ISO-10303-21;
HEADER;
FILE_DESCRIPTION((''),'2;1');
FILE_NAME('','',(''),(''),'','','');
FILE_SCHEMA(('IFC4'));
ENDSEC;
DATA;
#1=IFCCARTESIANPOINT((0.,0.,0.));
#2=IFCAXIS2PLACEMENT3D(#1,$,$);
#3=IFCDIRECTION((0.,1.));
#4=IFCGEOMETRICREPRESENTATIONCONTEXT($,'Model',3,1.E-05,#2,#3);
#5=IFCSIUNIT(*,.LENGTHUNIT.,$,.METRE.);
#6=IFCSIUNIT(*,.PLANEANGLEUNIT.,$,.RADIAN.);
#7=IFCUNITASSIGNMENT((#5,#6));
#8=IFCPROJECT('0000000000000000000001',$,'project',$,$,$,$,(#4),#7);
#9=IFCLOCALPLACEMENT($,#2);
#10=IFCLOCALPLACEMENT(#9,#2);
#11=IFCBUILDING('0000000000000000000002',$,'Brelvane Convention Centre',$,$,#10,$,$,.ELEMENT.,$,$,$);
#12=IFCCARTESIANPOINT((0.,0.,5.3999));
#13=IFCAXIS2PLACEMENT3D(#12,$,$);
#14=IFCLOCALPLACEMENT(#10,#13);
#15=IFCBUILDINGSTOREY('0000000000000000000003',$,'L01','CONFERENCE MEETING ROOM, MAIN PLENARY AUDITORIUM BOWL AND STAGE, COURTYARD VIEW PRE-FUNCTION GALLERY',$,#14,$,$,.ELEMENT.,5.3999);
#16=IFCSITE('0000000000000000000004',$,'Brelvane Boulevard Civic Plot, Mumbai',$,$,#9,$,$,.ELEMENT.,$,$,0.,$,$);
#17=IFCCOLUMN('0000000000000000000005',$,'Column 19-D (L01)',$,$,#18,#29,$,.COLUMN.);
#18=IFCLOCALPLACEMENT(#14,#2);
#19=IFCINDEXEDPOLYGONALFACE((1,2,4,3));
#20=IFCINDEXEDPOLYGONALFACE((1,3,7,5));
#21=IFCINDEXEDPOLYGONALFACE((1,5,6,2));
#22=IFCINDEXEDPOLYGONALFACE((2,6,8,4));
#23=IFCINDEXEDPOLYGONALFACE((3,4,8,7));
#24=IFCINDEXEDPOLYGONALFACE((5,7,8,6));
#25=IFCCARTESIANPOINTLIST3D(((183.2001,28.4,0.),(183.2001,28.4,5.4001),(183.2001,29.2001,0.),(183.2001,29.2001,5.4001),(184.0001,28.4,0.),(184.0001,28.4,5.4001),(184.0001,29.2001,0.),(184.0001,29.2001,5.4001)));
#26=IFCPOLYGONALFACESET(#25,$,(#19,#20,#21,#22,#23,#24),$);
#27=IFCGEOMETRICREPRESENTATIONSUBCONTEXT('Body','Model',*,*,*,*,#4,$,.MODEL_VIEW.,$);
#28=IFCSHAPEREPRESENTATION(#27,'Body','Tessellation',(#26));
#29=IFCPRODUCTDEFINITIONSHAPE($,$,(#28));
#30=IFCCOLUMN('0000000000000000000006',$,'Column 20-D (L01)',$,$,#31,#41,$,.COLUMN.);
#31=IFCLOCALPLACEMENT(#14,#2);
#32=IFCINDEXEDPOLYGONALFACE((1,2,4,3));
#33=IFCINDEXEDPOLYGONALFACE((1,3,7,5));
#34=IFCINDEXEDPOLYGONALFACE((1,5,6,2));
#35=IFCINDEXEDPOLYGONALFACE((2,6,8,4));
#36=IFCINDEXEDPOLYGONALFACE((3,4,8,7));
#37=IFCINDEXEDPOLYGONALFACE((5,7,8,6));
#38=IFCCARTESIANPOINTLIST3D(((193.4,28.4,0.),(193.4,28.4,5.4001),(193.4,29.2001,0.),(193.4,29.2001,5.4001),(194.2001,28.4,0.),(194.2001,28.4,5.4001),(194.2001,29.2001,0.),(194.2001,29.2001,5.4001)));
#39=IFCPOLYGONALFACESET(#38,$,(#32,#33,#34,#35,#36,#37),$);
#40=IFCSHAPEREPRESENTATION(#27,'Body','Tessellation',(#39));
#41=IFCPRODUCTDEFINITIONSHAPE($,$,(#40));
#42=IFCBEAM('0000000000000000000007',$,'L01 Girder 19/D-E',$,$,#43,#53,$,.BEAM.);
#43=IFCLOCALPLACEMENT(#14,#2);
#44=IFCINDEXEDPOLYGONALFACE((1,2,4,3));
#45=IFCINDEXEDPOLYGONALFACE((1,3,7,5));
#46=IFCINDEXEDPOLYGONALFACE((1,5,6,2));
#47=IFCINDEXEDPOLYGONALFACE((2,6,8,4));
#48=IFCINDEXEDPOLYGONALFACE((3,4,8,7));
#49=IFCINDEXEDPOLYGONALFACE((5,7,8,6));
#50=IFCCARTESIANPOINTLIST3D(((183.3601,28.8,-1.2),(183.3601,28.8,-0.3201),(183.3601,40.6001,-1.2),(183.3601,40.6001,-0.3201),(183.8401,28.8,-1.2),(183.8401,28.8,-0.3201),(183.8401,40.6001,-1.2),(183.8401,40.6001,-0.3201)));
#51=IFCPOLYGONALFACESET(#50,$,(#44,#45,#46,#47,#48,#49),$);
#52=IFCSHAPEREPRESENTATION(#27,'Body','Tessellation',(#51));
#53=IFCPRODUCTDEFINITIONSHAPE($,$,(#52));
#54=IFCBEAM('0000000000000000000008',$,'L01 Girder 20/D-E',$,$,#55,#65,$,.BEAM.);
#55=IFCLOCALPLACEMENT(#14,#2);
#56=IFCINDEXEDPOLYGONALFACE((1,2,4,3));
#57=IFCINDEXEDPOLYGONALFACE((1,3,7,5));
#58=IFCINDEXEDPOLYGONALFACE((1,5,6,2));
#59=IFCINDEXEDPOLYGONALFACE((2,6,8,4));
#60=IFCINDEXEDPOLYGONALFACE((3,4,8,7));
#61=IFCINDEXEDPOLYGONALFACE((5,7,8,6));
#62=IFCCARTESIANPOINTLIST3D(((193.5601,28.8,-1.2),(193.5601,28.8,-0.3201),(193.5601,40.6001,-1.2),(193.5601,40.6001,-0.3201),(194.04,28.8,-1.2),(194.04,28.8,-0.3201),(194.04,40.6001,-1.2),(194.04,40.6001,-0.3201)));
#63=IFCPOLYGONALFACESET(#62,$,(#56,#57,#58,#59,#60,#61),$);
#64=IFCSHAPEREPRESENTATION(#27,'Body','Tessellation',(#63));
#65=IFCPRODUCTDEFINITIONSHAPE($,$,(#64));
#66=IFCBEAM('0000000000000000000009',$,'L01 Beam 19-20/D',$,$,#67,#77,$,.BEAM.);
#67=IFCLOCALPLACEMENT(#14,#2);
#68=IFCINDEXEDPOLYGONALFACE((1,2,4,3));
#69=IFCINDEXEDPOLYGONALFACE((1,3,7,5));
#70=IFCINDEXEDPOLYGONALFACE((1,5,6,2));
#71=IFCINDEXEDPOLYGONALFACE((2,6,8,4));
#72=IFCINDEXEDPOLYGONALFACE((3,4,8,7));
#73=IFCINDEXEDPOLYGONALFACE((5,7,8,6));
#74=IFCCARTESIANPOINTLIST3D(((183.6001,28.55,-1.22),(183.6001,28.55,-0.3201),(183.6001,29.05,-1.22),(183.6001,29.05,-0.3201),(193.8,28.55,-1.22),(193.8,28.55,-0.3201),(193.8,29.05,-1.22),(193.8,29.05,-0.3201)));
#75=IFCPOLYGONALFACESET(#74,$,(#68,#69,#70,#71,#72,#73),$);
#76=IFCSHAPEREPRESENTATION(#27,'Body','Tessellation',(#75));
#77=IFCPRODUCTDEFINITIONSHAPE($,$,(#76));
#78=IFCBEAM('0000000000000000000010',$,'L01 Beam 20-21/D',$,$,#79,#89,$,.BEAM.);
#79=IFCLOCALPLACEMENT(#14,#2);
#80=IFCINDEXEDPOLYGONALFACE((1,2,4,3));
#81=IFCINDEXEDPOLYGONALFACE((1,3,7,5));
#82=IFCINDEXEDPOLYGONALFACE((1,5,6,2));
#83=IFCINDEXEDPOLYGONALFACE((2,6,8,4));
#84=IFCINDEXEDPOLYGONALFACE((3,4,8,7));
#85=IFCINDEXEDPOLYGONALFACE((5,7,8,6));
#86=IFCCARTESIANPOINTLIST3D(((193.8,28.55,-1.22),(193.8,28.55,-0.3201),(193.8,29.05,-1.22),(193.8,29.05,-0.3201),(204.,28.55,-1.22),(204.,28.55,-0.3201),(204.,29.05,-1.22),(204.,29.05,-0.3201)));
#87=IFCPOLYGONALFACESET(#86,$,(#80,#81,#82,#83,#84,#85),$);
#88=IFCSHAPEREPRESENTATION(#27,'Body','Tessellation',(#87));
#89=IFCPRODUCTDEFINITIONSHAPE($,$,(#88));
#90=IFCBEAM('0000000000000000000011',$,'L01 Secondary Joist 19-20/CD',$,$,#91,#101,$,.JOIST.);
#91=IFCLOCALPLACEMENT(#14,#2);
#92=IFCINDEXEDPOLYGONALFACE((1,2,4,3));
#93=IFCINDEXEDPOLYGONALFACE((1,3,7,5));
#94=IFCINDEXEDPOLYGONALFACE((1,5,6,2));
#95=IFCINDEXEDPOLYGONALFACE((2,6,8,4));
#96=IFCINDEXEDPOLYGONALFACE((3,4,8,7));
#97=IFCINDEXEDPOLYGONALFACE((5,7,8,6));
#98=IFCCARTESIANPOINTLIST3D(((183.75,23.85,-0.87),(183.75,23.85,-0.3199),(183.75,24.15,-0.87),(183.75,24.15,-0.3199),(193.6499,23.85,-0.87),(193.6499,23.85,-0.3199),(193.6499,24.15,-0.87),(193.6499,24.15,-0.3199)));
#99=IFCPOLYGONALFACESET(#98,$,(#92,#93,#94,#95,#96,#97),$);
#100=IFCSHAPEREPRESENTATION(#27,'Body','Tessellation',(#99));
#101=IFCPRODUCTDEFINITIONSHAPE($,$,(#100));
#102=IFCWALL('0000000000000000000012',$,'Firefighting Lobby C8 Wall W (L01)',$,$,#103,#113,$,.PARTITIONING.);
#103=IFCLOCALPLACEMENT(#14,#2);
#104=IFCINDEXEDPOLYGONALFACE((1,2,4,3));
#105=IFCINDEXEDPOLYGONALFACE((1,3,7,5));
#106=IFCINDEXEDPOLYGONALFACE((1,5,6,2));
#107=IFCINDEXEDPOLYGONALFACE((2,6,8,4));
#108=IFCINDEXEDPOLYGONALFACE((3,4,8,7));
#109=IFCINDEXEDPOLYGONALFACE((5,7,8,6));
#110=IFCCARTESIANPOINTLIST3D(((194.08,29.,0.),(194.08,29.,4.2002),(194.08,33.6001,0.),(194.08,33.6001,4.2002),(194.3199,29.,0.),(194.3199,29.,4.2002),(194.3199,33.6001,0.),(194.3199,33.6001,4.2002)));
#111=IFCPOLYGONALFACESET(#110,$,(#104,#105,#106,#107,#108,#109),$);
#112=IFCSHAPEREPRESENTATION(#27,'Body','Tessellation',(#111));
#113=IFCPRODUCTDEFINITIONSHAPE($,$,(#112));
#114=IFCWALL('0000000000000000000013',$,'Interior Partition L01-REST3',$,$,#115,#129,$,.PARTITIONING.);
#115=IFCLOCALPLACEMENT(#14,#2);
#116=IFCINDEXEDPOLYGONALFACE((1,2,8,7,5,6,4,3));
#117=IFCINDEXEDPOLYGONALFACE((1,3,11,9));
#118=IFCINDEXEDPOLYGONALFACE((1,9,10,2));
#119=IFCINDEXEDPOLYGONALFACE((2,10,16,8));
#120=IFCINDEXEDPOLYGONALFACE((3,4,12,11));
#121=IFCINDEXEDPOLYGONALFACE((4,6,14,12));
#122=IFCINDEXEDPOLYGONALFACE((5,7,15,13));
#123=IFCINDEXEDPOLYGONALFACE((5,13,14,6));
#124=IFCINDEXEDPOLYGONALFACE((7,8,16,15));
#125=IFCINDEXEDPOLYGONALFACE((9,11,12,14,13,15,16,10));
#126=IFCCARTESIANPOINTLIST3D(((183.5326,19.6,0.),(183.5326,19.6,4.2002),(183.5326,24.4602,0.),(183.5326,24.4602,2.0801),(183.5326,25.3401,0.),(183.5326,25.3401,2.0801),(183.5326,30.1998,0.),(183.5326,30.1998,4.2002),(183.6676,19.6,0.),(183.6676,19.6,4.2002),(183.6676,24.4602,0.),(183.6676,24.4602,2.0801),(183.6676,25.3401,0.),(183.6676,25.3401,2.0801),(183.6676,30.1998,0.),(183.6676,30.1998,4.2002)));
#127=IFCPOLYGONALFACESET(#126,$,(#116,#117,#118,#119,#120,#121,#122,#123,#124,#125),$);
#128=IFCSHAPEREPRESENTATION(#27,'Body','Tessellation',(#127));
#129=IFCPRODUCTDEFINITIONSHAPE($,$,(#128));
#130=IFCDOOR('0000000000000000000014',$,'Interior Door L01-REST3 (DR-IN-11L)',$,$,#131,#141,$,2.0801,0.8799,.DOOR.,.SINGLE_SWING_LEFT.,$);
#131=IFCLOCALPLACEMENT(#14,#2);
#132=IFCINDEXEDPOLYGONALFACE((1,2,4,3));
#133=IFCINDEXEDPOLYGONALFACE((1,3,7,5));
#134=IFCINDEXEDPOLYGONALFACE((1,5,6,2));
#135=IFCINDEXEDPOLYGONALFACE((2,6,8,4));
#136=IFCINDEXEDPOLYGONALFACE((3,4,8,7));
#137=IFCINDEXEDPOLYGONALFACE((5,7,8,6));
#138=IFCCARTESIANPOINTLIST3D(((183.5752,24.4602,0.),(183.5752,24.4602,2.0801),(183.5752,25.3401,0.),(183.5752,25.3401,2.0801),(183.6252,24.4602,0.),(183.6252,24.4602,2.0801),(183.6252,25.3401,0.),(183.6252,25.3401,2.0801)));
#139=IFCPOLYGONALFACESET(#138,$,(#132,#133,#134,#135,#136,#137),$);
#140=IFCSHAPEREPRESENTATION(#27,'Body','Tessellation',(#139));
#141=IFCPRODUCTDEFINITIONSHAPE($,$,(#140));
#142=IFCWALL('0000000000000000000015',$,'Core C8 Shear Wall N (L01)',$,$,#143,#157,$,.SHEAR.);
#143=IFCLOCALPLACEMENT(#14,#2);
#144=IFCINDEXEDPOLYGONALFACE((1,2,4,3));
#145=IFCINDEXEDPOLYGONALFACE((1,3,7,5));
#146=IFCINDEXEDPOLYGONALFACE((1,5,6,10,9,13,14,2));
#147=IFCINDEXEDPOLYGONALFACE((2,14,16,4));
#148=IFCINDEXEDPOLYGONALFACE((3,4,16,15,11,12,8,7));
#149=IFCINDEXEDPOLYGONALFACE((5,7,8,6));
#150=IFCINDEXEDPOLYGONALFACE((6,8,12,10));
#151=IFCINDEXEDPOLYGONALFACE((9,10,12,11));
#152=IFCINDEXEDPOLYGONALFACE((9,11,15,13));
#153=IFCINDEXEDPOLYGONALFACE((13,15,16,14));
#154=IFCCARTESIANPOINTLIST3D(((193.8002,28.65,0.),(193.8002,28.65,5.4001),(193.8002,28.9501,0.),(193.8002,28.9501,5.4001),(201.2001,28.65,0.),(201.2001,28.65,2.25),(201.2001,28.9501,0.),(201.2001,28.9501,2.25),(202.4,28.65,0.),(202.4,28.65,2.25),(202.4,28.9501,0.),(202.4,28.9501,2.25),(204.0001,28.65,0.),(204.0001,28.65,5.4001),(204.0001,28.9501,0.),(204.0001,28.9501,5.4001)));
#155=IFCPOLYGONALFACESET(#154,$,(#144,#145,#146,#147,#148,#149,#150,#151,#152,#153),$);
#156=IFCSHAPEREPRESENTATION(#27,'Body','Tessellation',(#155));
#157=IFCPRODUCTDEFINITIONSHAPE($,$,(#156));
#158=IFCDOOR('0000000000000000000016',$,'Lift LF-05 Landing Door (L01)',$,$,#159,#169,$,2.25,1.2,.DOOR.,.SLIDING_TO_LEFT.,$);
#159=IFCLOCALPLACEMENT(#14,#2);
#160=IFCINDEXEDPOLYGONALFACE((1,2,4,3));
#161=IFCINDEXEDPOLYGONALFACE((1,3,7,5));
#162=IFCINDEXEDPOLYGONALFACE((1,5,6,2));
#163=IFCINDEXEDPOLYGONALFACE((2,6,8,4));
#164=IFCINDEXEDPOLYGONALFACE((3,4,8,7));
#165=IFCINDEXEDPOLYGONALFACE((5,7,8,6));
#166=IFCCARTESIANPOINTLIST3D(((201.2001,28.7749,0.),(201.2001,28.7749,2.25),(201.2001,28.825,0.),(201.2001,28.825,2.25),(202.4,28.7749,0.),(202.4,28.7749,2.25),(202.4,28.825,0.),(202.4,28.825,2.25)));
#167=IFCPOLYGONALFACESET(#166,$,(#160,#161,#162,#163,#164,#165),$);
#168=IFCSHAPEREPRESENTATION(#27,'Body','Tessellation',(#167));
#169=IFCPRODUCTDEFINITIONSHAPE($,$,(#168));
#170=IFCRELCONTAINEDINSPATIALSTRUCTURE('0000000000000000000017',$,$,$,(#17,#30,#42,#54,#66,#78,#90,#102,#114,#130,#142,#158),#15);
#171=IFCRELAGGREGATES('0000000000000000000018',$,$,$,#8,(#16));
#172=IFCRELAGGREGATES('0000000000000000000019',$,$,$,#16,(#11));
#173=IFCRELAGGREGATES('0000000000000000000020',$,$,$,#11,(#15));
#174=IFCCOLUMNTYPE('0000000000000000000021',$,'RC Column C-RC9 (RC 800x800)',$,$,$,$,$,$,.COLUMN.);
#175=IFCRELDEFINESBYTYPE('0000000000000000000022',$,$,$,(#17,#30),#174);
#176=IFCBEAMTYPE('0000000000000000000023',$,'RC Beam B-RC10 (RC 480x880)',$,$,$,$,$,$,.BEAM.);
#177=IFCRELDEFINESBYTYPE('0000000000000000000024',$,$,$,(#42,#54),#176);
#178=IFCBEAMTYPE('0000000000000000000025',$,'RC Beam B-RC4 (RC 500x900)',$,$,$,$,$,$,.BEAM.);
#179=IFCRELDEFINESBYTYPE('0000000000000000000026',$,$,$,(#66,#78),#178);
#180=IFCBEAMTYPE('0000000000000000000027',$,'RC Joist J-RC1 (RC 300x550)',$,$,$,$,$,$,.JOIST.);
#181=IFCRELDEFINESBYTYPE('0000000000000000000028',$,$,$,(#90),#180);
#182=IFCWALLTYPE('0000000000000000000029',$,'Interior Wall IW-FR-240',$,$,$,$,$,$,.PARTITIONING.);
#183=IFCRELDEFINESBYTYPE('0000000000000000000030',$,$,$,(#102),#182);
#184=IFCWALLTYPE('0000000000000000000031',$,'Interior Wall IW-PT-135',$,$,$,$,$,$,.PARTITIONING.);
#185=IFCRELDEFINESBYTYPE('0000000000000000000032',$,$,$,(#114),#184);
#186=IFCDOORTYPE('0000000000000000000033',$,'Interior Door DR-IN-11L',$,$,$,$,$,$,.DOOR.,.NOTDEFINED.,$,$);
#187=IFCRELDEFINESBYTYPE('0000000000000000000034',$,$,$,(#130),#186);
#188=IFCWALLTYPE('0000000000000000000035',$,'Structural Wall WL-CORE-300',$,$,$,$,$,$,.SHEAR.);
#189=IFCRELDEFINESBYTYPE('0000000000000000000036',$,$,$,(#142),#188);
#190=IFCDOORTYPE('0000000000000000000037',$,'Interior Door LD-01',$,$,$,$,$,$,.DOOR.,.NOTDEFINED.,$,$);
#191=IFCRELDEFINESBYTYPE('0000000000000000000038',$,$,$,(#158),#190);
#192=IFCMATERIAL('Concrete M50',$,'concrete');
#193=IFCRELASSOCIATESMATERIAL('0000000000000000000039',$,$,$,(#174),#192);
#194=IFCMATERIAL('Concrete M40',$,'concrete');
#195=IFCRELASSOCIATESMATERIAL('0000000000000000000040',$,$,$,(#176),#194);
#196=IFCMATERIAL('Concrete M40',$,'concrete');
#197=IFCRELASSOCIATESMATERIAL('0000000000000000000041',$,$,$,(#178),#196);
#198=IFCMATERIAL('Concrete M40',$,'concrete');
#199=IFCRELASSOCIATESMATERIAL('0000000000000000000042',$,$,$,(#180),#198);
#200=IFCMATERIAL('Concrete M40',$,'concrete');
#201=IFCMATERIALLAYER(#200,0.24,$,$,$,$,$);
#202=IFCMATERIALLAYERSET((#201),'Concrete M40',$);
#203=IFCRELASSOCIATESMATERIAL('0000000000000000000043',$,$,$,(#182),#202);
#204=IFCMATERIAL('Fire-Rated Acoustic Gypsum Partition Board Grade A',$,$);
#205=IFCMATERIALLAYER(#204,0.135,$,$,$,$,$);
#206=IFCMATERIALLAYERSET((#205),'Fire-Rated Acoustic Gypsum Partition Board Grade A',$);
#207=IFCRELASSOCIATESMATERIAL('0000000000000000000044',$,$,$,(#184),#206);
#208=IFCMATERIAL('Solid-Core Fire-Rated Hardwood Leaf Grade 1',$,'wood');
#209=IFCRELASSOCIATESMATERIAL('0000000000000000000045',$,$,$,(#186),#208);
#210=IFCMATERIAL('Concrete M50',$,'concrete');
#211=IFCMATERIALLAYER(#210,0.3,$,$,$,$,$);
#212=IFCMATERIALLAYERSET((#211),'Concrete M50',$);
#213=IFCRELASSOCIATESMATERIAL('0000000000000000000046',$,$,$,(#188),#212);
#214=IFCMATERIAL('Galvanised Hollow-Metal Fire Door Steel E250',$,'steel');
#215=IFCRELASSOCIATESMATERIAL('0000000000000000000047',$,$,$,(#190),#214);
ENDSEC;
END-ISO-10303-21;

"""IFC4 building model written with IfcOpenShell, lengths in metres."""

from ifc_helpers import new_model, si_unit, direction, frame, frame_2d, origin, origin_2d, place, context, subcontext, project, spatial, rectangle, extrude, material, layer, layer_set, material_profile, profile_set, type_object, element, fill, save


model = new_model("IFC4")

# Units and contexts
model_context = context("Model", 3, precision=1e-05, world=origin(), true_north=direction((0.0, 1.0)))
body_context = subcontext(model_context, "Body", "Model", "MODEL_VIEW")
ifc_project = project(units=[si_unit("LENGTHUNIT", "METRE"), si_unit("PLANEANGLEUNIT", "RADIAN")], contexts=[model_context])

# Site, building, storey
site_placement = place(None, origin())
site = spatial("IfcSite", under=ifc_project, at=site_placement, Name="Brelvane Boulevard Civic Plot, Mumbai", CompositionType="ELEMENT", RefElevation=0.0)
building_placement = place(site_placement, origin())
building = spatial("IfcBuilding", under=site, at=building_placement, Name="Brelvane Convention Centre", CompositionType="ELEMENT")
storey_placement = place(building_placement, frame((0.0, 0.0, 5.3999)))
storey = spatial("IfcBuildingStorey", under=building, at=storey_placement, Name="L01", Description="CONFERENCE MEETING ROOM, MAIN PLENARY AUDITORIUM BOWL AND STAGE, COURTYARD VIEW PRE-FUNCTION GALLERY", CompositionType="ELEMENT", Elevation=5.3999)

# Columns
ifc_material_1 = material(Name="Concrete M50", Category="concrete")
ifc_material_profile_1 = material_profile(ifc_material_1, rectangle(XDim=0.8, YDim=0.8, at=origin_2d()), Name="RC 800x800")
ifc_profile_set_1 = profile_set([ifc_material_profile_1], Name="Concrete M50")
column_type = type_object("IfcColumnType", Name="RC Column C-RC9 (RC 800x800)", PredefinedType="COLUMN", material=ifc_profile_set_1)
for number, where, z_axis, x_axis, name in (
    (1, (183.6001, 28.8, 0.0), (0.0, 0.0, 1.0), (1.0, 0.0, 0.0), "Column 19-D (L01)"),
    (2, (193.8, 28.8, 0.0), (0.0, 0.0, 1.0), (1.0, 0.0, 0.0), "Column 20-D (L01)"),
):
    element("IfcColumn", number, at=place(storey_placement, frame(where, z_axis=z_axis, x_axis=x_axis)), inside=storey, type_object=column_type, Name=name, PredefinedType="COLUMN", context=body_context, shape_type="SweptSolid", body=[
        extrude(rectangle(XDim=0.8, YDim=0.8, at=origin_2d()), origin(), (0.0, 0.0, 1.0), 5.4001),
    ])

# Beams
ifc_material_2 = material(Name="Concrete M40", Category="concrete")
ifc_material_profile_2 = material_profile(ifc_material_2, rectangle(XDim=0.48, YDim=0.8799, at=origin_2d()), Name="RC 480x880")
ifc_profile_set_2 = profile_set([ifc_material_profile_2], Name="Concrete M40")
beam_type_1 = type_object("IfcBeamType", Name="RC Beam B-RC10 (RC 480x880)", PredefinedType="BEAM", material=ifc_profile_set_2)
for number, where, z_axis, x_axis, name in (
    (3, (183.6001, 28.8, -0.76), (0.0, 1.0, 0.0), (-1.0, 0.0, 0.0), "L01 Girder 19/D-E"),
    (4, (193.8, 28.8, -0.76), (0.0, 1.0, 0.0), (-1.0, 0.0, 0.0), "L01 Girder 20/D-E"),
):
    element("IfcBeam", number, at=place(storey_placement, frame(where, z_axis=z_axis, x_axis=x_axis)), inside=storey, type_object=beam_type_1, Name=name, PredefinedType="BEAM", context=body_context, shape_type="SweptSolid", body=[
        extrude(rectangle(XDim=0.48, YDim=0.8799, at=origin_2d()), origin(), (0.0, 0.0, 1.0), 11.8),
    ])
ifc_material_3 = material(Name="Concrete M40", Category="concrete")
ifc_material_profile_3 = material_profile(ifc_material_3, rectangle(XDim=0.5, YDim=0.8999, at=origin_2d()), Name="RC 500x900")
ifc_profile_set_3 = profile_set([ifc_material_profile_3], Name="Concrete M40")
beam_type_2 = type_object("IfcBeamType", Name="RC Beam B-RC4 (RC 500x900)", PredefinedType="BEAM", material=ifc_profile_set_3)
for number, where, z_axis, x_axis, name in (
    (5, (183.6001, 28.8, -0.77), (1.0, 0.0, 0.0), (0.0, 1.0, 0.0), "L01 Beam 19-20/D"),
    (6, (193.8, 28.8, -0.77), (1.0, 0.0, 0.0), (0.0, 1.0, 0.0), "L01 Beam 20-21/D"),
):
    element("IfcBeam", number, at=place(storey_placement, frame(where, z_axis=z_axis, x_axis=x_axis)), inside=storey, type_object=beam_type_2, Name=name, PredefinedType="BEAM", context=body_context, shape_type="SweptSolid", body=[
        extrude(rectangle(XDim=0.5, YDim=0.8999, at=origin_2d()), origin(), (0.0, 0.0, 1.0), 10.2),
    ])
ifc_material_4 = material(Name="Concrete M40", Category="concrete")
ifc_material_profile_4 = material_profile(ifc_material_4, rectangle(XDim=0.3, YDim=0.55, at=origin_2d()), Name="RC 300x550")
ifc_profile_set_4 = profile_set([ifc_material_profile_4], Name="Concrete M40")
beam_type_3 = type_object("IfcBeamType", Name="RC Joist J-RC1 (RC 300x550)", PredefinedType="JOIST", material=ifc_profile_set_4)
beam_placement = place(storey_placement, frame((183.75, 24.0, -0.595), z_axis=(1.0, 0.0, 0.0), x_axis=(0.0, 1.0, 0.0)))
element("IfcBeam", 7, at=beam_placement, inside=storey, type_object=beam_type_3, Name="L01 Secondary Joist 19-20/CD", PredefinedType="JOIST", context=body_context, shape_type="SweptSolid", body=[
    extrude(rectangle(XDim=0.3, YDim=0.55, at=origin_2d()), origin(), (0.0, 0.0, 1.0), 9.8999),
])

# Wall
ifc_material_5 = material(Name="Concrete M40", Category="concrete")
ifc_layer_1 = layer(ifc_material_5, 0.24)
ifc_layer_set_1 = layer_set([ifc_layer_1], Name="Concrete M40")
wall_type_1 = type_object("IfcWallType", Name="Interior Wall IW-FR-240", PredefinedType="PARTITIONING", material=ifc_layer_set_1)
wall_1_placement = place(storey_placement, frame((194.2, 29.0, 0.0), z_axis=(0.0, 0.0, 1.0), x_axis=(0.0, 1.0, 0.0)))
element("IfcWall", 8, at=wall_1_placement, inside=storey, type_object=wall_type_1, Name="Firefighting Lobby C8 Wall W (L01)", PredefinedType="PARTITIONING", context=body_context, shape_type="SweptSolid", body=[
    extrude(rectangle(XDim=4.6001, YDim=0.24, at=frame_2d((2.3, 0.0))), origin(), (0.0, 0.0, 1.0), 4.2002),
])

# Walls, openings, doors
ifc_material_6 = material(Name="Fire-Rated Acoustic Gypsum Partition Board Grade A")
ifc_layer_2 = layer(ifc_material_6, 0.135)
ifc_layer_set_2 = layer_set([ifc_layer_2], Name="Fire-Rated Acoustic Gypsum Partition Board Grade A")
wall_type_2 = type_object("IfcWallType", Name="Interior Wall IW-PT-135", PredefinedType="PARTITIONING", material=ifc_layer_set_2)
wall_2_placement = place(storey_placement, frame((183.6001, 19.6001, 0.0), z_axis=(0.0, 0.0, 1.0), x_axis=(0.0, 1.0, 0.0)))
wall_2 = element("IfcWall", 9, at=wall_2_placement, inside=storey, type_object=wall_type_2, Name="Interior Partition L01-REST3", PredefinedType="PARTITIONING", context=body_context, shape_type="SweptSolid", body=[
    extrude(rectangle(XDim=10.5999, YDim=0.135, at=frame_2d((5.2998, 0.0))), origin(), (0.0, 0.0, 1.0), 4.2002),
])
opening_1_placement = place(wall_2_placement, frame((4.8601, 0.0, 0.0)))
opening_1 = element("IfcOpeningElement", 10, at=opening_1_placement, cuts=wall_2, PredefinedType="OPENING", context=body_context, shape_type="SweptSolid", body=[
    extrude(rectangle(XDim=0.8799, YDim=2.0801, at=frame_2d((0.4399, 1.04))), frame((0.0, 0.0774, 0.0), z_axis=(0.0, -1.0, 0.0), x_axis=(1.0, 0.0, 0.0)), (0.0, 0.0, 1.0), 0.155),
])
ifc_material_7 = material(Name="Solid-Core Fire-Rated Hardwood Leaf Grade 1", Category="wood")
door_type_1 = type_object("IfcDoorType", Name="Interior Door DR-IN-11L", OperationType="NOTDEFINED", PredefinedType="DOOR", material=ifc_material_7)
door_1_placement = place(opening_1_placement, origin())
door_1 = element("IfcDoor", 11, at=door_1_placement, inside=storey, type_object=door_type_1, Name="Interior Door L01-REST3 (DR-IN-11L)", OperationType="SINGLE_SWING_LEFT", OverallHeight=2.0801, OverallWidth=0.8799, PredefinedType="DOOR", context=body_context, shape_type="SweptSolid", body=[
    extrude(rectangle(XDim=0.8799, YDim=2.0801, at=frame_2d((0.4399, 1.04))), frame((0.0, 0.0249, 0.0), z_axis=(0.0, -1.0, 0.0), x_axis=(1.0, 0.0, 0.0)), (0.0, 0.0, 1.0), 0.05),
])
fill(opening_1, door_1)
ifc_material_8 = material(Name="Concrete M50", Category="concrete")
ifc_layer_3 = layer(ifc_material_8, 0.3)
ifc_layer_set_3 = layer_set([ifc_layer_3], Name="Concrete M50")
wall_type_3 = type_object("IfcWallType", Name="Structural Wall WL-CORE-300", PredefinedType="SHEAR", material=ifc_layer_set_3)
wall_3_placement = place(storey_placement, frame((193.8, 28.8, 0.0), z_axis=(0.0, 0.0, 1.0), x_axis=(1.0, 0.0, 0.0)))
wall_3 = element("IfcWall", 12, at=wall_3_placement, inside=storey, type_object=wall_type_3, Name="Core C8 Shear Wall N (L01)", PredefinedType="SHEAR", context=body_context, shape_type="SweptSolid", body=[
    extrude(rectangle(XDim=10.2, YDim=0.3, at=frame_2d((5.1001, 0.0))), origin(), (0.0, 0.0, 1.0), 5.4001),
])
opening_2_placement = place(wall_3_placement, frame((7.3999, 0.0, 0.0)))
opening_2 = element("IfcOpeningElement", 13, at=opening_2_placement, cuts=wall_3, PredefinedType="OPENING", context=body_context, shape_type="SweptSolid", body=[
    extrude(rectangle(XDim=1.2, YDim=2.25, at=frame_2d((0.6001, 1.125))), frame((0.0, 0.1599, 0.0), z_axis=(0.0, -1.0, 0.0), x_axis=(1.0, 0.0, 0.0)), (0.0, 0.0, 1.0), 0.3201),
])
ifc_material_9 = material(Name="Galvanised Hollow-Metal Fire Door Steel E250", Category="steel")
door_type_2 = type_object("IfcDoorType", Name="Interior Door LD-01", OperationType="NOTDEFINED", PredefinedType="DOOR", material=ifc_material_9)
door_2_placement = place(opening_2_placement, origin())
door_2 = element("IfcDoor", 14, at=door_2_placement, inside=storey, type_object=door_type_2, Name="Lift LF-05 Landing Door (L01)", OperationType="SLIDING_TO_LEFT", OverallHeight=2.25, OverallWidth=1.2, PredefinedType="DOOR", context=body_context, shape_type="SweptSolid", body=[
    extrude(rectangle(XDim=1.2, YDim=2.25, at=frame_2d((0.6001, 1.125))), frame((0.0, 0.0249, 0.0), z_axis=(0.0, -1.0, 0.0), x_axis=(1.0, 0.0, 0.0)), (0.0, 0.0, 1.0), 0.05),
])
fill(opening_2, door_2)

save(model, "model.ifc")
